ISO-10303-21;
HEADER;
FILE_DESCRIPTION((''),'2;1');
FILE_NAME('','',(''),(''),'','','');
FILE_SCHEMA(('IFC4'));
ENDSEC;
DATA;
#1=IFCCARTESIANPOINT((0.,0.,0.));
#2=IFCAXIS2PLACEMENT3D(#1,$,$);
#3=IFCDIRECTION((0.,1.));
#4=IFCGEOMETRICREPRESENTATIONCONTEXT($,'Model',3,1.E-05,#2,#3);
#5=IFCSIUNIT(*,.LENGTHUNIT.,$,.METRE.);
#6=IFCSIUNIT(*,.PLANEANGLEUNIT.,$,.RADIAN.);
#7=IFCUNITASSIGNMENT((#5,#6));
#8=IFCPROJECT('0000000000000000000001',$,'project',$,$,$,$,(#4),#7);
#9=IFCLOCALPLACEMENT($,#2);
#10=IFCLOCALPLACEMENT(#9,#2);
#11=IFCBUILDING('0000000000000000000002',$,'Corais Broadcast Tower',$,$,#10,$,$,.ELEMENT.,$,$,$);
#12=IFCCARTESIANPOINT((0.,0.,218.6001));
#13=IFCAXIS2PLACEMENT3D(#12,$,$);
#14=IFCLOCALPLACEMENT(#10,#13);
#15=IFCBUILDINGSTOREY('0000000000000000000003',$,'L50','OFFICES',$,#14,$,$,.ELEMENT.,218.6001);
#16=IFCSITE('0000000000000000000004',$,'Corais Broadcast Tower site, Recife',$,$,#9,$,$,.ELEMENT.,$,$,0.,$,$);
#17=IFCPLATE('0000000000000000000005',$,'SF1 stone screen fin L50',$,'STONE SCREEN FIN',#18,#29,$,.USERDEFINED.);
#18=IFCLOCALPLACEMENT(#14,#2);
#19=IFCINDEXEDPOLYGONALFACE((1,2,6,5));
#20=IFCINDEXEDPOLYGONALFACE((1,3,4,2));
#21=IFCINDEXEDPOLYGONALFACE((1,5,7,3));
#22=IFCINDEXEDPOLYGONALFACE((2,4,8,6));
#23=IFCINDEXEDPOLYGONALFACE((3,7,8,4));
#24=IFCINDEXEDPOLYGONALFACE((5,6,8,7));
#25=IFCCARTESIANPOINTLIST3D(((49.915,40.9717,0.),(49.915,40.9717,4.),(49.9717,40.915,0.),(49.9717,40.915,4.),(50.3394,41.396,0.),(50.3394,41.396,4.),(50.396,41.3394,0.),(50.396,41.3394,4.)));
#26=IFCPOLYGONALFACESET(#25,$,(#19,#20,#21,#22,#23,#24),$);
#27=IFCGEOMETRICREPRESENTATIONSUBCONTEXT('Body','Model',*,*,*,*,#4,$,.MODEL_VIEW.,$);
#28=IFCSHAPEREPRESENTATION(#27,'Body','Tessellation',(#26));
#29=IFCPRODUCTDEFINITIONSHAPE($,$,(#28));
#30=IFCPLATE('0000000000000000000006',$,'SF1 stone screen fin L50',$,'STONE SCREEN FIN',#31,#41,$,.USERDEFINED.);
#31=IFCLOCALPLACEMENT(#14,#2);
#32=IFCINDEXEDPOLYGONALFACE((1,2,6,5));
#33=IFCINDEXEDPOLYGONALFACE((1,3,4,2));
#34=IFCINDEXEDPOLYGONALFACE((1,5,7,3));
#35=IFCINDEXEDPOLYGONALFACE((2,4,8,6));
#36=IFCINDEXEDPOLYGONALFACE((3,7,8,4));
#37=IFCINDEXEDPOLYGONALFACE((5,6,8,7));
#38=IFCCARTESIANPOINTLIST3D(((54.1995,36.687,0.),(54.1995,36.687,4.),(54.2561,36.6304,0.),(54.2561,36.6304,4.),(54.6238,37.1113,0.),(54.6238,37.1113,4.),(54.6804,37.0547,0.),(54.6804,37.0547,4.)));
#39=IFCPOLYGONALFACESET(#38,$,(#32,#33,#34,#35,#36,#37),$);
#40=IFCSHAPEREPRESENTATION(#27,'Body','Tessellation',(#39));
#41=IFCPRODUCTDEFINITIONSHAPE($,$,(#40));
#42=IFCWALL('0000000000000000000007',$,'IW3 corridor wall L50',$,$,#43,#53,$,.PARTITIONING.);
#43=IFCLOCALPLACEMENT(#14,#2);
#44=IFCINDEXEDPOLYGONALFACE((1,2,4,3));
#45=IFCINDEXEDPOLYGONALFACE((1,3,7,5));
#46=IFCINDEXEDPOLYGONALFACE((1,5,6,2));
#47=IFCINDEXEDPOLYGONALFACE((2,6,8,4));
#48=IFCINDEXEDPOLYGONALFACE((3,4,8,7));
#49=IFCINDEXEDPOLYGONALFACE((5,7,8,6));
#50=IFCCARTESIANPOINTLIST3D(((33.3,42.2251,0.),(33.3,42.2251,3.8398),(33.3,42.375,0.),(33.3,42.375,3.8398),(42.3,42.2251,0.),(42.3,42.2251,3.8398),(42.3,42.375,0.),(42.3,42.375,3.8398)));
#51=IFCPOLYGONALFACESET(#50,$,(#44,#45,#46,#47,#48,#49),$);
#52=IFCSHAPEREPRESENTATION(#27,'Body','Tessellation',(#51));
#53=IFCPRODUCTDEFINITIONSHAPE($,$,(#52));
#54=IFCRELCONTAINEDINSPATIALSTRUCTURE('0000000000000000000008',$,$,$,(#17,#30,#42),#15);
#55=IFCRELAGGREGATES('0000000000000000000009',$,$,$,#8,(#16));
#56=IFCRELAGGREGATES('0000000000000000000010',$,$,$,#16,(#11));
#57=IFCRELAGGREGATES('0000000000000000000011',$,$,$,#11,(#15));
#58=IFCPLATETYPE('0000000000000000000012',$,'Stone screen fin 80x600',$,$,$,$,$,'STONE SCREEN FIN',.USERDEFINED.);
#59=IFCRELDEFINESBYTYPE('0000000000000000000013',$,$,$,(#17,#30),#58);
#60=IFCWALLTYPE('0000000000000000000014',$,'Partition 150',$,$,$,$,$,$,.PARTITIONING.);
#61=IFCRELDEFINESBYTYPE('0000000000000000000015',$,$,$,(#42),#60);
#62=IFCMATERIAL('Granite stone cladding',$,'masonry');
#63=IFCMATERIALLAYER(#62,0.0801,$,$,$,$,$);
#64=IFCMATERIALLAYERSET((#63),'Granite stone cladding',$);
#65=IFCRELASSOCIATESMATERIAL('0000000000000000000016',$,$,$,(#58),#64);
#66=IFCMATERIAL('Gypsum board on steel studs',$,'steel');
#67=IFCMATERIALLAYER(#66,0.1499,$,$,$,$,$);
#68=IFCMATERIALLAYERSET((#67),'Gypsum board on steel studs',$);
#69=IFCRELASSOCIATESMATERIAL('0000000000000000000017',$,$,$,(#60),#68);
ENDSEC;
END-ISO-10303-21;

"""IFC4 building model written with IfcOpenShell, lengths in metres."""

from ifc_helpers import new_model, si_unit, direction, frame, frame_2d, origin, origin_2d, place, context, subcontext, project, spatial, rectangle, extrude, material, layer, layer_set, type_object, element, save


model = new_model("IFC4")

# Units and contexts
model_context = context("Model", 3, precision=1e-05, world=origin(), true_north=direction((0.0, 1.0)))
body_context = subcontext(model_context, "Body", "Model", "MODEL_VIEW")
ifc_project = project(units=[si_unit("LENGTHUNIT", "METRE"), si_unit("PLANEANGLEUNIT", "RADIAN")], contexts=[model_context])

# Site, building, storey
site_placement = place(None, origin())
site = spatial("IfcSite", under=ifc_project, at=site_placement, Name="Corais Broadcast Tower site, Recife", CompositionType="ELEMENT", RefElevation=0.0)
building_placement = place(site_placement, origin())
building = spatial("IfcBuilding", under=site, at=building_placement, Name="Corais Broadcast Tower", CompositionType="ELEMENT")
storey_placement = place(building_placement, frame((0.0, 0.0, 218.6001)))
storey = spatial("IfcBuildingStorey", under=building, at=storey_placement, Name="L50", Description="OFFICES", CompositionType="ELEMENT", Elevation=218.6001)

# Plates
ifc_material_1 = material(Name="Granite stone cladding", Category="masonry")
ifc_layer_1 = layer(ifc_material_1, 0.0801)
ifc_layer_set_1 = layer_set([ifc_layer_1], Name="Granite stone cladding")
plate_type_1 = type_object("IfcPlateType", Name="Stone screen fin 80x600", ElementType="STONE SCREEN FIN", PredefinedType="USERDEFINED", material=ifc_layer_set_1)
for number, where, z_axis, x_axis, name in (
    (1, (50.1555, 41.1555, 0.0), (0.0, 0.0, 1.0), (0.707107, -0.707107, 0.0), "SF1 stone screen fin L50"),
    (2, (54.4399, 36.8708, 0.0), (0.0, 0.0, 1.0), (0.707107, -0.707107, 0.0), "SF1 stone screen fin L50"),
):
    element("IfcPlate", number, at=place(storey_placement, frame(where, z_axis=z_axis, x_axis=x_axis)), inside=storey, type_object=plate_type_1, Name=name, ObjectType="STONE SCREEN FIN", PredefinedType="USERDEFINED", context=body_context, shape_type="SweptSolid", body=[
        extrude(rectangle(XDim=0.0801, YDim=0.6001, at=origin_2d()), origin(), (0.0, 0.0, 1.0), 4.0),
    ])

# Wall
ifc_material_2 = material(Name="Gypsum board on steel studs", Category="steel")
ifc_layer_2 = layer(ifc_material_2, 0.1499)
ifc_layer_set_2 = layer_set([ifc_layer_2], Name="Gypsum board on steel studs")
wall_type = type_object("IfcWallType", Name="Partition 150", PredefinedType="PARTITIONING", material=ifc_layer_set_2)
wall_placement = place(storey_placement, frame((42.3, 42.3, 0.0), z_axis=(0.0, 0.0, 1.0), x_axis=(-1.0, 0.0, 0.0)))
element("IfcWall", 3, at=wall_placement, inside=storey, type_object=wall_type, Name="IW3 corridor wall L50", PredefinedType="PARTITIONING", context=body_context, shape_type="SweptSolid", body=[
    extrude(rectangle(XDim=9.0, YDim=0.1499, at=frame_2d((4.5, 0.0))), origin(), (0.0, 0.0, 1.0), 3.8398),
])

save(model, "model.ifc")
